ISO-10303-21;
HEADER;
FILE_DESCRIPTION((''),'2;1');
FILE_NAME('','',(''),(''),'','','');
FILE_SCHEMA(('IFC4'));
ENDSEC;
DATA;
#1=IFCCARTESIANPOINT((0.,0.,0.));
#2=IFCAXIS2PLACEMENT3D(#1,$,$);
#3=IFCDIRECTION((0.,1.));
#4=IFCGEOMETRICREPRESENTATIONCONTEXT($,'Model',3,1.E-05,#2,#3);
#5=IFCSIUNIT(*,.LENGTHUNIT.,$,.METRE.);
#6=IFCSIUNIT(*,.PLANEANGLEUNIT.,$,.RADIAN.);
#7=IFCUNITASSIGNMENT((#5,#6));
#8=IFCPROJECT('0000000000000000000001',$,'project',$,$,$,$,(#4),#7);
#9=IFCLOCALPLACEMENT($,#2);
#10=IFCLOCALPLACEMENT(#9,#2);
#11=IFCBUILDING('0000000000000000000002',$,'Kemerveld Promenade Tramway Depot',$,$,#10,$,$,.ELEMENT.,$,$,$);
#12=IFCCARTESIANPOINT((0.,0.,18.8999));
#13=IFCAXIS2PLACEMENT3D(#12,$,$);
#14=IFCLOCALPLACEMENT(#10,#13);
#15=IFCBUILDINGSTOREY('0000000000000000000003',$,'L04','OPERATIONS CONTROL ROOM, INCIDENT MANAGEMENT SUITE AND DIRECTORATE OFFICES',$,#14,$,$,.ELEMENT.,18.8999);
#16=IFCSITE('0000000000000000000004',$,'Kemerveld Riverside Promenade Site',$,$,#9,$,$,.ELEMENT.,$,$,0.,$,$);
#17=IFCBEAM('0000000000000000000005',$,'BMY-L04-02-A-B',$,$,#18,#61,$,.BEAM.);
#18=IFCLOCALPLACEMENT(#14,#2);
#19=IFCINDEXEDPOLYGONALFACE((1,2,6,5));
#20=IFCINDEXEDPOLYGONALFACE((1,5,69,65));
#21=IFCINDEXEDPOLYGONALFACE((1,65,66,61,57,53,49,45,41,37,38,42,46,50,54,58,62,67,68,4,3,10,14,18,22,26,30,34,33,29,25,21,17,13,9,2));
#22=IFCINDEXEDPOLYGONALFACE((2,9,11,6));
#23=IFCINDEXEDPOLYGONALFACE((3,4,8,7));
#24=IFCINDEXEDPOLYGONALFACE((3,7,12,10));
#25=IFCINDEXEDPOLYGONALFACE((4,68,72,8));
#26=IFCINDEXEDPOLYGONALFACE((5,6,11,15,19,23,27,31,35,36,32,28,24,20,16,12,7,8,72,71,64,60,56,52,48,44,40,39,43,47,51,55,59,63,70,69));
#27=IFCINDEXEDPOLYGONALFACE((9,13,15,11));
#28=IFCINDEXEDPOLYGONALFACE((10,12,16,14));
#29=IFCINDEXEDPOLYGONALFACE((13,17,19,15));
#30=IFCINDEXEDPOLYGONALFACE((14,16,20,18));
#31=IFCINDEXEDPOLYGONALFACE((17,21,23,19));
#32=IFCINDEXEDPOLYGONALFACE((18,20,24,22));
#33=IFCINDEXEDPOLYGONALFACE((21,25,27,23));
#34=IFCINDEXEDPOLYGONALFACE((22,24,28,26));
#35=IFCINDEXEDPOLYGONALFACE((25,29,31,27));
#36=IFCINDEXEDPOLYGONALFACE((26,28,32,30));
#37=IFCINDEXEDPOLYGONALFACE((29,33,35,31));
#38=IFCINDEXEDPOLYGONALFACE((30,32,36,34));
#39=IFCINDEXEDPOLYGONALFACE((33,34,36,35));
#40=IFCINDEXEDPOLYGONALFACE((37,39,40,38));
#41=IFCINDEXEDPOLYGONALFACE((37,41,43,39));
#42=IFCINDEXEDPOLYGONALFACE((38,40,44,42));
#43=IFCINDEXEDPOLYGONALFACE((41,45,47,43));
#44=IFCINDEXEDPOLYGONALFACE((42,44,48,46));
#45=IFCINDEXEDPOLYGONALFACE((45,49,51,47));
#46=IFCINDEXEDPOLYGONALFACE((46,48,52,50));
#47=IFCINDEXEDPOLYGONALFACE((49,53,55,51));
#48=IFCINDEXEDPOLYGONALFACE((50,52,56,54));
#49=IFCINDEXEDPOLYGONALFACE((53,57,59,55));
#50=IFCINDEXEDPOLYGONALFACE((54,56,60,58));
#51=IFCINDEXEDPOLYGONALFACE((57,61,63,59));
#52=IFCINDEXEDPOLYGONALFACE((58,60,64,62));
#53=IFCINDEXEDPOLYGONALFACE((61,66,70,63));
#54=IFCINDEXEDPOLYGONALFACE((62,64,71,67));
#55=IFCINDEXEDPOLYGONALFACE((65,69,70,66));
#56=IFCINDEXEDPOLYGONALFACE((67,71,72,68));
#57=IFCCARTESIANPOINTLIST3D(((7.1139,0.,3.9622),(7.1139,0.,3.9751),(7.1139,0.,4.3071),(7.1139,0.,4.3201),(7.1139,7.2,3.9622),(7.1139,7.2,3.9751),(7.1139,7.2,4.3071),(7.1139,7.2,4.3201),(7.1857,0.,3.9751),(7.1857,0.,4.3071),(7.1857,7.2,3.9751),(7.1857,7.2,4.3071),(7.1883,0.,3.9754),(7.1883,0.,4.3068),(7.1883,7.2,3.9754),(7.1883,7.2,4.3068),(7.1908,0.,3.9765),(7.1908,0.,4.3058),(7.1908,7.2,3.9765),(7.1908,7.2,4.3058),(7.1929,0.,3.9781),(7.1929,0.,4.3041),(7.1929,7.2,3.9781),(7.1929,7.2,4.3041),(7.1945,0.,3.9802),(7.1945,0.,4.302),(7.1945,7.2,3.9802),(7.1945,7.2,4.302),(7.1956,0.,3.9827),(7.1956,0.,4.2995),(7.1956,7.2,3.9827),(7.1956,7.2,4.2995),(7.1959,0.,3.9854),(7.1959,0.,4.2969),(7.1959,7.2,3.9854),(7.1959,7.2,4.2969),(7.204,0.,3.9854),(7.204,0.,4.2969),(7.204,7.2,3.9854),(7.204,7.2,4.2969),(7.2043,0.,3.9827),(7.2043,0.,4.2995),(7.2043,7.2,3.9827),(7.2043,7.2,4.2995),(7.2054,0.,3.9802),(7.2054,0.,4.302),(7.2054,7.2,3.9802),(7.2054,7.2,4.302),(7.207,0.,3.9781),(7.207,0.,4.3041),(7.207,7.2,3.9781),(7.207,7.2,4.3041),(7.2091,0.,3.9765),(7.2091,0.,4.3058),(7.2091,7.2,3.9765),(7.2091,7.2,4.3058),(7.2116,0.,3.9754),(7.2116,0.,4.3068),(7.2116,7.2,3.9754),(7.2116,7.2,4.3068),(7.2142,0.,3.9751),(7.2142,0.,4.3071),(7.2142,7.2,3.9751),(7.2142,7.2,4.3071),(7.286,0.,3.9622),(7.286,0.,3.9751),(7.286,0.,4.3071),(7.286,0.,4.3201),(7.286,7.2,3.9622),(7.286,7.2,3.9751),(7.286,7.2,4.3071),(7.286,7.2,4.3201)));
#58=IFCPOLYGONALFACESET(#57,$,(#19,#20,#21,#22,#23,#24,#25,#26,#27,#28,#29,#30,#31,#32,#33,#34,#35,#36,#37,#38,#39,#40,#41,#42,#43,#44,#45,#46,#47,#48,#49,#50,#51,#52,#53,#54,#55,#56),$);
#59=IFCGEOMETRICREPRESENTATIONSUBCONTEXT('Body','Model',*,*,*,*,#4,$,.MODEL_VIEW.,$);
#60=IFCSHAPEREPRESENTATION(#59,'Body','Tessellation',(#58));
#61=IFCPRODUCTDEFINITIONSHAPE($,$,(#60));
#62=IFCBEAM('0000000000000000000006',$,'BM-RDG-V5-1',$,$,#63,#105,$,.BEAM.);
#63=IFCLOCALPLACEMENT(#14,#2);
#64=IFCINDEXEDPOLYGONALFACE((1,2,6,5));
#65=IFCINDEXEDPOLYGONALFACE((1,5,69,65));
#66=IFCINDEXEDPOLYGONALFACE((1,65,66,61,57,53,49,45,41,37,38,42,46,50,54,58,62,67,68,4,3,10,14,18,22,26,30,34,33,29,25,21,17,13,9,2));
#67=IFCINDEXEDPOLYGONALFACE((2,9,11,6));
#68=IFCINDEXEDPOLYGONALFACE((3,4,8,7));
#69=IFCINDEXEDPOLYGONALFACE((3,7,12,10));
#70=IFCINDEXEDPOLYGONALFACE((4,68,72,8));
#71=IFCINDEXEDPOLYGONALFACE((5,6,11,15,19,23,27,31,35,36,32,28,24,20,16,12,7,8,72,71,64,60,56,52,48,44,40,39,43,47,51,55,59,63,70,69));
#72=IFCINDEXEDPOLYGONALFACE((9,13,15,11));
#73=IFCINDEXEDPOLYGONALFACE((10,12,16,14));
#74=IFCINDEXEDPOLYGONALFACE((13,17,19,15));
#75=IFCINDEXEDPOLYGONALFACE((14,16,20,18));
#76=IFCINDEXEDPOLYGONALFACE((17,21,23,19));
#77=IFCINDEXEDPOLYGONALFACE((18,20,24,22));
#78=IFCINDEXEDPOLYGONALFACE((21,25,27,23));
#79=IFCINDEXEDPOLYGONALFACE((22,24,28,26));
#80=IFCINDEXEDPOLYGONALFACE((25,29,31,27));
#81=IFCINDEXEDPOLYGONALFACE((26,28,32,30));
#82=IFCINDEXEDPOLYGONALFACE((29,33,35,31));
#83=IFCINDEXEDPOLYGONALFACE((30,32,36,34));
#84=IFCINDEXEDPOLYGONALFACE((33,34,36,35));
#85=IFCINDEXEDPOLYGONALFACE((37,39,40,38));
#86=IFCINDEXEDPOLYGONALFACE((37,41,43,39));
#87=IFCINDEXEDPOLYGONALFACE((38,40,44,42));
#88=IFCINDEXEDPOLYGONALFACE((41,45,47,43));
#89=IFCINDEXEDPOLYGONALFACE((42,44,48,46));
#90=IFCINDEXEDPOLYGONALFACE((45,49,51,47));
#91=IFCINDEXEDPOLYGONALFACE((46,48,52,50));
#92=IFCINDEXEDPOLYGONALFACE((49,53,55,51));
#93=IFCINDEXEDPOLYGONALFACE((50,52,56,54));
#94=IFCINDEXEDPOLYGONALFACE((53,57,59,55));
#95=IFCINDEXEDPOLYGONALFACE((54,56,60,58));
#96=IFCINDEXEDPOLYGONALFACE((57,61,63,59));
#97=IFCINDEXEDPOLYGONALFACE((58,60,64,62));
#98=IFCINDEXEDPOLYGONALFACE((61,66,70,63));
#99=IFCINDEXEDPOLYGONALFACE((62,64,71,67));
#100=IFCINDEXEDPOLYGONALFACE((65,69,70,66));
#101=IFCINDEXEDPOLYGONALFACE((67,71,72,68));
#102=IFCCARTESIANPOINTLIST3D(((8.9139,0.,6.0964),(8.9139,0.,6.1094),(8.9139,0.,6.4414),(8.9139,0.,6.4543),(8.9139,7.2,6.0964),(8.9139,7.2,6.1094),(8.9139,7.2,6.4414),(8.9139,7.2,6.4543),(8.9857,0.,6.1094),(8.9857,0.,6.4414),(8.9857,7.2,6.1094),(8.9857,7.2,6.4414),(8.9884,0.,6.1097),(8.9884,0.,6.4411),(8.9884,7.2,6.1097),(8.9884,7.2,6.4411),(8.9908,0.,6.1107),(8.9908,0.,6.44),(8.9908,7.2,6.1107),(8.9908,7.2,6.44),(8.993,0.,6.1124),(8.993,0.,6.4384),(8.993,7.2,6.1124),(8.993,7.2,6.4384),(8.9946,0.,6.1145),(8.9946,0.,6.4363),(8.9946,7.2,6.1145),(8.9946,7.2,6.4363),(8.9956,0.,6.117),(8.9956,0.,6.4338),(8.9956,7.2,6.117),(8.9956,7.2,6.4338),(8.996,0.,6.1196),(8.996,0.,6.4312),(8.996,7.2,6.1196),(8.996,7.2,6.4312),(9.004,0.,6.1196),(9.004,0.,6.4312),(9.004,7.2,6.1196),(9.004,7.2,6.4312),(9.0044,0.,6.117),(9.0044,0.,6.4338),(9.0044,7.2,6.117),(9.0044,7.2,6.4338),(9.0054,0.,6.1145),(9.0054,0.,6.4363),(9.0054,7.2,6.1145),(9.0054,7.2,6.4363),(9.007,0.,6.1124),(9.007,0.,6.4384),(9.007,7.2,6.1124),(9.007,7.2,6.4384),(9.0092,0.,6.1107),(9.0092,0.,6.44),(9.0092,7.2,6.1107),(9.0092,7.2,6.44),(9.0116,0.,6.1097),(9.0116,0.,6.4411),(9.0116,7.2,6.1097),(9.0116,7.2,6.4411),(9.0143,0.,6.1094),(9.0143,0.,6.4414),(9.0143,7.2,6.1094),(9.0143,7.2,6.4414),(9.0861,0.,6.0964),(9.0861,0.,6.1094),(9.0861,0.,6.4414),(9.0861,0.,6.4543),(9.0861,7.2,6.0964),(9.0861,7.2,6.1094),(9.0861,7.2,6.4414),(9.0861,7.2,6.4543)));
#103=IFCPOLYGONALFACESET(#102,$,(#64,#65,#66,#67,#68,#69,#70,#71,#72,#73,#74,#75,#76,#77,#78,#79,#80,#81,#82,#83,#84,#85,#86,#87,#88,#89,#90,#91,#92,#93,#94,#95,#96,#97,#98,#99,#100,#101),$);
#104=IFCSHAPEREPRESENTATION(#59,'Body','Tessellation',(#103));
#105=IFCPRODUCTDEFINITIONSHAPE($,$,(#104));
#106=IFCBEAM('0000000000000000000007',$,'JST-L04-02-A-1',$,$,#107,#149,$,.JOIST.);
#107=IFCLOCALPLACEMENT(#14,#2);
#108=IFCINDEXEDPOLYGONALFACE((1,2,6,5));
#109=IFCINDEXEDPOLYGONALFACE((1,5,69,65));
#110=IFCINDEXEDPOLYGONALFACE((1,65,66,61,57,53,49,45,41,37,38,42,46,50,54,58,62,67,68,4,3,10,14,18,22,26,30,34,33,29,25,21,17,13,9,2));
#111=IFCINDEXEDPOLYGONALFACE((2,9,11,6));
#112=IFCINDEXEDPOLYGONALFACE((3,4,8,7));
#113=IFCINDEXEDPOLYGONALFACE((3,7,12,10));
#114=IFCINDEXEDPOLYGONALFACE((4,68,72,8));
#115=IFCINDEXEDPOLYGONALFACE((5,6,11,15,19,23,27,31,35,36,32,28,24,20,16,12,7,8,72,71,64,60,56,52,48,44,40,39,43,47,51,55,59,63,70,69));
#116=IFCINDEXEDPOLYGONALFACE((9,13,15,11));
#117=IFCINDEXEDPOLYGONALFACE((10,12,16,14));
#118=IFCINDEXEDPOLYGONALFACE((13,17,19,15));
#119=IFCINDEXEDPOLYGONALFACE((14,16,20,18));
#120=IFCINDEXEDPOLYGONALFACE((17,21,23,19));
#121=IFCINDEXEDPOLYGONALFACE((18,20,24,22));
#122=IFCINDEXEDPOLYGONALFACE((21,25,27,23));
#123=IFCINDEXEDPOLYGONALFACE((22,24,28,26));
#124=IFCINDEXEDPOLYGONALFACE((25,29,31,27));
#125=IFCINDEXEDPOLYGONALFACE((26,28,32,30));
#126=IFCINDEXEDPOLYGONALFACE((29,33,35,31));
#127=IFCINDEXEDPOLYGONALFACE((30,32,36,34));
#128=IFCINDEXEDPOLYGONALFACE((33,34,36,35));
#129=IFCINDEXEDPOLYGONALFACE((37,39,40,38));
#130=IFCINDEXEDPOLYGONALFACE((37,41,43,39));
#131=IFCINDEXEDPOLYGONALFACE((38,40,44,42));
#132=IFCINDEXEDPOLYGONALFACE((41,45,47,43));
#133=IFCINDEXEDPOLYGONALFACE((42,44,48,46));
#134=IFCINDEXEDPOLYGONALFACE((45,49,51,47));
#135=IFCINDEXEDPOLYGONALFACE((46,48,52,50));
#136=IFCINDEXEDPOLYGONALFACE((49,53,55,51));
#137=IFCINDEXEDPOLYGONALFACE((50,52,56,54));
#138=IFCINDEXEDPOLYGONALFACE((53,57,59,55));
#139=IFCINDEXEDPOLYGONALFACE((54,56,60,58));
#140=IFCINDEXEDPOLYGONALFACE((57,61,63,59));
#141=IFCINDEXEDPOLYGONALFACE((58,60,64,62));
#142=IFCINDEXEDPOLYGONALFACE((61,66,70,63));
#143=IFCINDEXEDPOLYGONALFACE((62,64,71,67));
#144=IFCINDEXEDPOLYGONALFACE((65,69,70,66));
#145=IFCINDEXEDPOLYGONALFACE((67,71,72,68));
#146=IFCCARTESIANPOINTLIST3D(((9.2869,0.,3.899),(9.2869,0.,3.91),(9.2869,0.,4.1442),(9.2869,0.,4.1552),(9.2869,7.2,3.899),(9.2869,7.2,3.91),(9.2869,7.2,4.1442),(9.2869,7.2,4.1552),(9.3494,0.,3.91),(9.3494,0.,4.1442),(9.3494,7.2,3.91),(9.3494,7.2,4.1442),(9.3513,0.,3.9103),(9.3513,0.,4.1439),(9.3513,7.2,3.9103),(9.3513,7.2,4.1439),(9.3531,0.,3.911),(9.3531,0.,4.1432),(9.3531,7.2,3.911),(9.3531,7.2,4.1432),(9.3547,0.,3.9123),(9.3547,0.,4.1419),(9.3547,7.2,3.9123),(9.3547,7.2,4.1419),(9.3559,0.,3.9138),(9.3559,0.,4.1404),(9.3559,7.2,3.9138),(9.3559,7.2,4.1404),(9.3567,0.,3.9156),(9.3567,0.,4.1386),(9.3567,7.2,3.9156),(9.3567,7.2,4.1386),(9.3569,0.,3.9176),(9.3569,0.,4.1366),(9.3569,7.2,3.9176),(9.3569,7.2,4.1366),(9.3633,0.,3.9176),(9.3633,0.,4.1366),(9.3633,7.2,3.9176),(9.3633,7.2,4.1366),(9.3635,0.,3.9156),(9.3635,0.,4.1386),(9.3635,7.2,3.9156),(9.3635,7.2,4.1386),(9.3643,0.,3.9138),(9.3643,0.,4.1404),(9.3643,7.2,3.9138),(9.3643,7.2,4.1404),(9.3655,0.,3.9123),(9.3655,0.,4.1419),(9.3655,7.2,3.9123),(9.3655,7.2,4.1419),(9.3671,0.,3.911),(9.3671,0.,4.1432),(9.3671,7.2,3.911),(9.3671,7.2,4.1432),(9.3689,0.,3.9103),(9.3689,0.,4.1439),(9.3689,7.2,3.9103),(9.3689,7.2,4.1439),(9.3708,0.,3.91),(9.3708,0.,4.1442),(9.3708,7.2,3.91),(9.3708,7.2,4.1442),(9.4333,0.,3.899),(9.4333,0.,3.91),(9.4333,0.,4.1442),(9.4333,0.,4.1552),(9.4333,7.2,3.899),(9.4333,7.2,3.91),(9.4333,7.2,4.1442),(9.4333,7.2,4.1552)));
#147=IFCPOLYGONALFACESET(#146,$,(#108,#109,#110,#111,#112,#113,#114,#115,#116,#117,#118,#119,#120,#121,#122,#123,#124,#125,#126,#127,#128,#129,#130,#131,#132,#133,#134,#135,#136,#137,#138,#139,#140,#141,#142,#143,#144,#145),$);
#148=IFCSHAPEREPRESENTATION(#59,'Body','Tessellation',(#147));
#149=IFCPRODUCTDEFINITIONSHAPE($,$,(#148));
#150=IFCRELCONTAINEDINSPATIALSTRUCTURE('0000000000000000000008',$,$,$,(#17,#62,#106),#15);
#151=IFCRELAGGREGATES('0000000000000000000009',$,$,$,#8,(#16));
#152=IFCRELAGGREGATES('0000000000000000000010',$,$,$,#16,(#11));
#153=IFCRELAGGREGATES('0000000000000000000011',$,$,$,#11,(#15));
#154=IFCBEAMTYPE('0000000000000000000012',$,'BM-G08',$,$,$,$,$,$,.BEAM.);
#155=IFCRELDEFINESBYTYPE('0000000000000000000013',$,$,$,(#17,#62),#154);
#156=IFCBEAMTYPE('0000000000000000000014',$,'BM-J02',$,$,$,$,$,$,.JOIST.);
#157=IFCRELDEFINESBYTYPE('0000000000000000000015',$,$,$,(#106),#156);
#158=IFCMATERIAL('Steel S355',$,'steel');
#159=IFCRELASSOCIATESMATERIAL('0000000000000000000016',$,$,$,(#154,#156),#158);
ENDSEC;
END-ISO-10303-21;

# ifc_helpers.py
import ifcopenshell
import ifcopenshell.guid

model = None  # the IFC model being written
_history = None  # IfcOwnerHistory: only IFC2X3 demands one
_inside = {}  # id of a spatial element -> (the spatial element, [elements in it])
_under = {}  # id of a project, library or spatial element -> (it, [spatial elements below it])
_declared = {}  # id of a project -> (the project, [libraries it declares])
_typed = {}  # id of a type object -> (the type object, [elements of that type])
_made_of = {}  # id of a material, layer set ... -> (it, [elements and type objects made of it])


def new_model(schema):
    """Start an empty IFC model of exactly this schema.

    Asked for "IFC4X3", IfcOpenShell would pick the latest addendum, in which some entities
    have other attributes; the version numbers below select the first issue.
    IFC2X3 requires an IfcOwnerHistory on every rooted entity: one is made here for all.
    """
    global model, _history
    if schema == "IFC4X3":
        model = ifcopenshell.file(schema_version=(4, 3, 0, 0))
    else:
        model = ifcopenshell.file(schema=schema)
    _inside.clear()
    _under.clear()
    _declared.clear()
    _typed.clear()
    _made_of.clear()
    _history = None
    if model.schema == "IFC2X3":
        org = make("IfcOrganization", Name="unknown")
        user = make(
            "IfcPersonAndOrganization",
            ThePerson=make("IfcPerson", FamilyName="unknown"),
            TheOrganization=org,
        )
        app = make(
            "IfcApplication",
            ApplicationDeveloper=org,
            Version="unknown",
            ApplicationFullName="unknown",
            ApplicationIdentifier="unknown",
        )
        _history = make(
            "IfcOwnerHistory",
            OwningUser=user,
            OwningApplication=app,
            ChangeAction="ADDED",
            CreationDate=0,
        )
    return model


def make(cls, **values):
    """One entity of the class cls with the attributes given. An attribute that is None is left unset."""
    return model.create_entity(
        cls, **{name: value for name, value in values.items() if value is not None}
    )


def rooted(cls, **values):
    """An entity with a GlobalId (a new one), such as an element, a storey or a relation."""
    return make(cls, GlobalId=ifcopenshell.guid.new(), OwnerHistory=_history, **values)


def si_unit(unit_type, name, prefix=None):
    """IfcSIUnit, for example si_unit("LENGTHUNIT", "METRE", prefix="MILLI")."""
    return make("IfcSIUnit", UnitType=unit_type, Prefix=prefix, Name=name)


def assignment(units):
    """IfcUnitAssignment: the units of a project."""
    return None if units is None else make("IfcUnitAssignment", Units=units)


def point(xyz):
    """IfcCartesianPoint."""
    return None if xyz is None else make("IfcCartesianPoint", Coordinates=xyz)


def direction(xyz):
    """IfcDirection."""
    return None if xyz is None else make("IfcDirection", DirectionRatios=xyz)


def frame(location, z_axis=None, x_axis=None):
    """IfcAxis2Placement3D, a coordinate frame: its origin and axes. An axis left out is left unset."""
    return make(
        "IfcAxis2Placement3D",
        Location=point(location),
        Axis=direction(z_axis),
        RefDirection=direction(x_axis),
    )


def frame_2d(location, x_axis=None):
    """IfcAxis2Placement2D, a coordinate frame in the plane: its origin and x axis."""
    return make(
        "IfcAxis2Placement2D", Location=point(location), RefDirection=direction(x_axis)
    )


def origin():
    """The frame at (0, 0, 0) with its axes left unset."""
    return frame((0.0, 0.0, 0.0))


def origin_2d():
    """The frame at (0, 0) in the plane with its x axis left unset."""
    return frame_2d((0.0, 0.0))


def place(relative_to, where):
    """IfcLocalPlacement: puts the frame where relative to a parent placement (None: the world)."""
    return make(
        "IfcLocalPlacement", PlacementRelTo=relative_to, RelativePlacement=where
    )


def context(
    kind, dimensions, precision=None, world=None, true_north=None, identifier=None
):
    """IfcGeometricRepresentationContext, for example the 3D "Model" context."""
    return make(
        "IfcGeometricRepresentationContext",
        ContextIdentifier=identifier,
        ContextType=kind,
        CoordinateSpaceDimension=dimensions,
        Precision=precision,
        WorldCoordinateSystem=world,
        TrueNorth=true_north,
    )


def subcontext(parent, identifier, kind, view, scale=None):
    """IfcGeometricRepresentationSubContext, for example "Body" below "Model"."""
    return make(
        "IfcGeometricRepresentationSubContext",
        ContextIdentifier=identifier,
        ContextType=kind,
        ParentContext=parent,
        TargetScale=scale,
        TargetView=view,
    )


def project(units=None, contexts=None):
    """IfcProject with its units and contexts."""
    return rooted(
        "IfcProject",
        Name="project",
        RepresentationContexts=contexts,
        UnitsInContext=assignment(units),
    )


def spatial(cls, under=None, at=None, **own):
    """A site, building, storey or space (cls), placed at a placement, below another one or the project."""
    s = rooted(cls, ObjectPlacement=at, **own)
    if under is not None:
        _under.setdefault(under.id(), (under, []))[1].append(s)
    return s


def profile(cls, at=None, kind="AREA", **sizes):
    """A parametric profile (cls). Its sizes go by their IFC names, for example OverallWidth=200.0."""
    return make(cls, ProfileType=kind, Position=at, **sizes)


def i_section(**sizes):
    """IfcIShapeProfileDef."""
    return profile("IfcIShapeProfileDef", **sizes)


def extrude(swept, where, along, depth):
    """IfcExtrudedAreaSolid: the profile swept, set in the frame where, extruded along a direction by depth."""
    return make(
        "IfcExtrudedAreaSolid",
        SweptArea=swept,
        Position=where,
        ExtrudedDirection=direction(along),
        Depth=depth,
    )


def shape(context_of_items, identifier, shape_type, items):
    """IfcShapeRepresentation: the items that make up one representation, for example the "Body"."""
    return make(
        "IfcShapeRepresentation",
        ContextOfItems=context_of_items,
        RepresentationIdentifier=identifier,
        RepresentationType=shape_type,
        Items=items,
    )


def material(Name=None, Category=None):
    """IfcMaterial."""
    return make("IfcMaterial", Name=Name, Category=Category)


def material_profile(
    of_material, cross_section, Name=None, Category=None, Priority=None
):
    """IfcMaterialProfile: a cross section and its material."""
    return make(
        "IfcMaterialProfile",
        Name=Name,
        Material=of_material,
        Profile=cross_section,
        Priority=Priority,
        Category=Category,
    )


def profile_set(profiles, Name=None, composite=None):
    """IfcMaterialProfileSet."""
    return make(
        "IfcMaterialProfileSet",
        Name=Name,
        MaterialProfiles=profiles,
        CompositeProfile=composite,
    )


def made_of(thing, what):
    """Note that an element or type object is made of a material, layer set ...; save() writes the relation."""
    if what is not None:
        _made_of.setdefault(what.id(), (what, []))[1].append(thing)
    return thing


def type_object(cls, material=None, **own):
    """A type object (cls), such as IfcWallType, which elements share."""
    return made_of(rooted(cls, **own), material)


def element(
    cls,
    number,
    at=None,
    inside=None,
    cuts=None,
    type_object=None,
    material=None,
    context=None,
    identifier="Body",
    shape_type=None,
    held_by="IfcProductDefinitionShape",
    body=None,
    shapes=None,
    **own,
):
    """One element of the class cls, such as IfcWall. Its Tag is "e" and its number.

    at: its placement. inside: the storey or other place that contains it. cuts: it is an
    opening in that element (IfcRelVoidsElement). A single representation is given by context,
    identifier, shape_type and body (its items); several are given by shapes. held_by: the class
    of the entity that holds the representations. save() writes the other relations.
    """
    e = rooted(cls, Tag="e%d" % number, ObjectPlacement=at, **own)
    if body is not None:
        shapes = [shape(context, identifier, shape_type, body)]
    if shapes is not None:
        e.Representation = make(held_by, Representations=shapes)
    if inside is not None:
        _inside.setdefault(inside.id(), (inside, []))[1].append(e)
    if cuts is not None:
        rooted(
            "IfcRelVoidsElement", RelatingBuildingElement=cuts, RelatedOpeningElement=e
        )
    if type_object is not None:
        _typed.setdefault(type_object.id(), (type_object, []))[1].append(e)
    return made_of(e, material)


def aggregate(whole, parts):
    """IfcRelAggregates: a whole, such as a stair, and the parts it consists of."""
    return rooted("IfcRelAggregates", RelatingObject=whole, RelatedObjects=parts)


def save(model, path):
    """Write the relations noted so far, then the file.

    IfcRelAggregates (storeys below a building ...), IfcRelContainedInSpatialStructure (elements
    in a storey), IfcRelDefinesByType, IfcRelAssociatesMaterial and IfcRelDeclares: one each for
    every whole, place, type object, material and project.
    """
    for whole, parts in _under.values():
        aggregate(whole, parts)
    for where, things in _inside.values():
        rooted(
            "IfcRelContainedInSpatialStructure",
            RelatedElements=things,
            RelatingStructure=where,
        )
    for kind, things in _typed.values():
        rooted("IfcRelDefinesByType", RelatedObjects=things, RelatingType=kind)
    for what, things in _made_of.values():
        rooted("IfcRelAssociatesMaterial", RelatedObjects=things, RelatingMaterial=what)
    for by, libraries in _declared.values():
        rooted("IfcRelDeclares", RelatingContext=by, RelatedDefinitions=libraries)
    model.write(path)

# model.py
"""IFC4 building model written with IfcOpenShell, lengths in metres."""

from ifc_helpers import new_model, si_unit, direction, frame, origin, origin_2d, place, context, subcontext, project, spatial, i_section, extrude, material, material_profile, profile_set, type_object, element, save


model = new_model("IFC4")

# Units and contexts
model_context = context("Model", 3, precision=1e-05, world=origin(), true_north=direction((0.0, 1.0)))
body_context = subcontext(model_context, "Body", "Model", "MODEL_VIEW")
ifc_project = project(units=[si_unit("LENGTHUNIT", "METRE"), si_unit("PLANEANGLEUNIT", "RADIAN")], contexts=[model_context])

# Site, building, storey
site_placement = place(None, origin())
site = spatial("IfcSite", under=ifc_project, at=site_placement, Name="Kemerveld Riverside Promenade Site", CompositionType="ELEMENT", RefElevation=0.0)
building_placement = place(site_placement, origin())
building = spatial("IfcBuilding", under=site, at=building_placement, Name="Kemerveld Promenade Tramway Depot", CompositionType="ELEMENT")
storey_placement = place(building_placement, frame((0.0, 0.0, 18.8999)))
storey = spatial("IfcBuildingStorey", under=building, at=storey_placement, Name="L04", Description="OPERATIONS CONTROL ROOM, INCIDENT MANAGEMENT SUITE AND DIRECTORATE OFFICES", CompositionType="ELEMENT", Elevation=18.8999)

# Shared definitions
ifc_material_1 = material(Name="Steel S355", Category="steel")

# Beams
ifc_material_profile_1 = material_profile(ifc_material_1, i_section(OverallWidth=0.1721, OverallDepth=0.3579, WebThickness=0.0081, FlangeThickness=0.0129, FilletRadius=0.0103, at=origin_2d()), Name="356x171x57 UB")
ifc_profile_set_1 = profile_set([ifc_material_profile_1], Name="Steel S355")
beam_type_1 = type_object("IfcBeamType", Name="BM-G08", PredefinedType="BEAM", material=ifc_profile_set_1)
for number, where, z_axis, x_axis, name in (
    (1, (7.2, 0.0, 4.1411), (0.0, 1.0, 0.0), (-1.0, 0.0, 0.0), "BMY-L04-02-A-B"),
    (2, (9.0, 0.0, 6.2754), (0.0, 1.0, 0.0), (-1.0, 0.0, 0.0), "BM-RDG-V5-1"),
):
    element("IfcBeam", number, at=place(storey_placement, frame(where, z_axis=z_axis, x_axis=x_axis)), inside=storey, type_object=beam_type_1, Name=name, PredefinedType="BEAM", context=body_context, shape_type="SweptSolid", body=[
        extrude(i_section(OverallWidth=0.1721, OverallDepth=0.3579, WebThickness=0.0081, FlangeThickness=0.0129, FilletRadius=0.0103, at=origin_2d()), origin(), (0.0, 0.0, 1.0), 7.2),
    ])
ifc_material_profile_2 = material_profile(ifc_material_1, i_section(OverallWidth=0.1465, OverallDepth=0.2561, WebThickness=0.0063, FlangeThickness=0.011, FilletRadius=0.0076, at=origin_2d()), Name="254x146x37 UB")
ifc_profile_set_2 = profile_set([ifc_material_profile_2], Name="Steel S355")
beam_type_2 = type_object("IfcBeamType", Name="BM-J02", PredefinedType="JOIST", material=ifc_profile_set_2)
beam_1_placement = place(storey_placement, frame((9.3601, 0.0, 4.0271), z_axis=(0.0, 1.0, 0.0), x_axis=(-1.0, 0.0, 0.0)))
element("IfcBeam", 3, at=beam_1_placement, inside=storey, type_object=beam_type_2, Name="JST-L04-02-A-1", PredefinedType="JOIST", context=body_context, shape_type="SweptSolid", body=[
    extrude(i_section(OverallWidth=0.1465, OverallDepth=0.2561, WebThickness=0.0063, FlangeThickness=0.011, FilletRadius=0.0076, at=origin_2d()), origin(), (0.0, 0.0, 1.0), 7.2),
])

save(model, "model.ifc")
